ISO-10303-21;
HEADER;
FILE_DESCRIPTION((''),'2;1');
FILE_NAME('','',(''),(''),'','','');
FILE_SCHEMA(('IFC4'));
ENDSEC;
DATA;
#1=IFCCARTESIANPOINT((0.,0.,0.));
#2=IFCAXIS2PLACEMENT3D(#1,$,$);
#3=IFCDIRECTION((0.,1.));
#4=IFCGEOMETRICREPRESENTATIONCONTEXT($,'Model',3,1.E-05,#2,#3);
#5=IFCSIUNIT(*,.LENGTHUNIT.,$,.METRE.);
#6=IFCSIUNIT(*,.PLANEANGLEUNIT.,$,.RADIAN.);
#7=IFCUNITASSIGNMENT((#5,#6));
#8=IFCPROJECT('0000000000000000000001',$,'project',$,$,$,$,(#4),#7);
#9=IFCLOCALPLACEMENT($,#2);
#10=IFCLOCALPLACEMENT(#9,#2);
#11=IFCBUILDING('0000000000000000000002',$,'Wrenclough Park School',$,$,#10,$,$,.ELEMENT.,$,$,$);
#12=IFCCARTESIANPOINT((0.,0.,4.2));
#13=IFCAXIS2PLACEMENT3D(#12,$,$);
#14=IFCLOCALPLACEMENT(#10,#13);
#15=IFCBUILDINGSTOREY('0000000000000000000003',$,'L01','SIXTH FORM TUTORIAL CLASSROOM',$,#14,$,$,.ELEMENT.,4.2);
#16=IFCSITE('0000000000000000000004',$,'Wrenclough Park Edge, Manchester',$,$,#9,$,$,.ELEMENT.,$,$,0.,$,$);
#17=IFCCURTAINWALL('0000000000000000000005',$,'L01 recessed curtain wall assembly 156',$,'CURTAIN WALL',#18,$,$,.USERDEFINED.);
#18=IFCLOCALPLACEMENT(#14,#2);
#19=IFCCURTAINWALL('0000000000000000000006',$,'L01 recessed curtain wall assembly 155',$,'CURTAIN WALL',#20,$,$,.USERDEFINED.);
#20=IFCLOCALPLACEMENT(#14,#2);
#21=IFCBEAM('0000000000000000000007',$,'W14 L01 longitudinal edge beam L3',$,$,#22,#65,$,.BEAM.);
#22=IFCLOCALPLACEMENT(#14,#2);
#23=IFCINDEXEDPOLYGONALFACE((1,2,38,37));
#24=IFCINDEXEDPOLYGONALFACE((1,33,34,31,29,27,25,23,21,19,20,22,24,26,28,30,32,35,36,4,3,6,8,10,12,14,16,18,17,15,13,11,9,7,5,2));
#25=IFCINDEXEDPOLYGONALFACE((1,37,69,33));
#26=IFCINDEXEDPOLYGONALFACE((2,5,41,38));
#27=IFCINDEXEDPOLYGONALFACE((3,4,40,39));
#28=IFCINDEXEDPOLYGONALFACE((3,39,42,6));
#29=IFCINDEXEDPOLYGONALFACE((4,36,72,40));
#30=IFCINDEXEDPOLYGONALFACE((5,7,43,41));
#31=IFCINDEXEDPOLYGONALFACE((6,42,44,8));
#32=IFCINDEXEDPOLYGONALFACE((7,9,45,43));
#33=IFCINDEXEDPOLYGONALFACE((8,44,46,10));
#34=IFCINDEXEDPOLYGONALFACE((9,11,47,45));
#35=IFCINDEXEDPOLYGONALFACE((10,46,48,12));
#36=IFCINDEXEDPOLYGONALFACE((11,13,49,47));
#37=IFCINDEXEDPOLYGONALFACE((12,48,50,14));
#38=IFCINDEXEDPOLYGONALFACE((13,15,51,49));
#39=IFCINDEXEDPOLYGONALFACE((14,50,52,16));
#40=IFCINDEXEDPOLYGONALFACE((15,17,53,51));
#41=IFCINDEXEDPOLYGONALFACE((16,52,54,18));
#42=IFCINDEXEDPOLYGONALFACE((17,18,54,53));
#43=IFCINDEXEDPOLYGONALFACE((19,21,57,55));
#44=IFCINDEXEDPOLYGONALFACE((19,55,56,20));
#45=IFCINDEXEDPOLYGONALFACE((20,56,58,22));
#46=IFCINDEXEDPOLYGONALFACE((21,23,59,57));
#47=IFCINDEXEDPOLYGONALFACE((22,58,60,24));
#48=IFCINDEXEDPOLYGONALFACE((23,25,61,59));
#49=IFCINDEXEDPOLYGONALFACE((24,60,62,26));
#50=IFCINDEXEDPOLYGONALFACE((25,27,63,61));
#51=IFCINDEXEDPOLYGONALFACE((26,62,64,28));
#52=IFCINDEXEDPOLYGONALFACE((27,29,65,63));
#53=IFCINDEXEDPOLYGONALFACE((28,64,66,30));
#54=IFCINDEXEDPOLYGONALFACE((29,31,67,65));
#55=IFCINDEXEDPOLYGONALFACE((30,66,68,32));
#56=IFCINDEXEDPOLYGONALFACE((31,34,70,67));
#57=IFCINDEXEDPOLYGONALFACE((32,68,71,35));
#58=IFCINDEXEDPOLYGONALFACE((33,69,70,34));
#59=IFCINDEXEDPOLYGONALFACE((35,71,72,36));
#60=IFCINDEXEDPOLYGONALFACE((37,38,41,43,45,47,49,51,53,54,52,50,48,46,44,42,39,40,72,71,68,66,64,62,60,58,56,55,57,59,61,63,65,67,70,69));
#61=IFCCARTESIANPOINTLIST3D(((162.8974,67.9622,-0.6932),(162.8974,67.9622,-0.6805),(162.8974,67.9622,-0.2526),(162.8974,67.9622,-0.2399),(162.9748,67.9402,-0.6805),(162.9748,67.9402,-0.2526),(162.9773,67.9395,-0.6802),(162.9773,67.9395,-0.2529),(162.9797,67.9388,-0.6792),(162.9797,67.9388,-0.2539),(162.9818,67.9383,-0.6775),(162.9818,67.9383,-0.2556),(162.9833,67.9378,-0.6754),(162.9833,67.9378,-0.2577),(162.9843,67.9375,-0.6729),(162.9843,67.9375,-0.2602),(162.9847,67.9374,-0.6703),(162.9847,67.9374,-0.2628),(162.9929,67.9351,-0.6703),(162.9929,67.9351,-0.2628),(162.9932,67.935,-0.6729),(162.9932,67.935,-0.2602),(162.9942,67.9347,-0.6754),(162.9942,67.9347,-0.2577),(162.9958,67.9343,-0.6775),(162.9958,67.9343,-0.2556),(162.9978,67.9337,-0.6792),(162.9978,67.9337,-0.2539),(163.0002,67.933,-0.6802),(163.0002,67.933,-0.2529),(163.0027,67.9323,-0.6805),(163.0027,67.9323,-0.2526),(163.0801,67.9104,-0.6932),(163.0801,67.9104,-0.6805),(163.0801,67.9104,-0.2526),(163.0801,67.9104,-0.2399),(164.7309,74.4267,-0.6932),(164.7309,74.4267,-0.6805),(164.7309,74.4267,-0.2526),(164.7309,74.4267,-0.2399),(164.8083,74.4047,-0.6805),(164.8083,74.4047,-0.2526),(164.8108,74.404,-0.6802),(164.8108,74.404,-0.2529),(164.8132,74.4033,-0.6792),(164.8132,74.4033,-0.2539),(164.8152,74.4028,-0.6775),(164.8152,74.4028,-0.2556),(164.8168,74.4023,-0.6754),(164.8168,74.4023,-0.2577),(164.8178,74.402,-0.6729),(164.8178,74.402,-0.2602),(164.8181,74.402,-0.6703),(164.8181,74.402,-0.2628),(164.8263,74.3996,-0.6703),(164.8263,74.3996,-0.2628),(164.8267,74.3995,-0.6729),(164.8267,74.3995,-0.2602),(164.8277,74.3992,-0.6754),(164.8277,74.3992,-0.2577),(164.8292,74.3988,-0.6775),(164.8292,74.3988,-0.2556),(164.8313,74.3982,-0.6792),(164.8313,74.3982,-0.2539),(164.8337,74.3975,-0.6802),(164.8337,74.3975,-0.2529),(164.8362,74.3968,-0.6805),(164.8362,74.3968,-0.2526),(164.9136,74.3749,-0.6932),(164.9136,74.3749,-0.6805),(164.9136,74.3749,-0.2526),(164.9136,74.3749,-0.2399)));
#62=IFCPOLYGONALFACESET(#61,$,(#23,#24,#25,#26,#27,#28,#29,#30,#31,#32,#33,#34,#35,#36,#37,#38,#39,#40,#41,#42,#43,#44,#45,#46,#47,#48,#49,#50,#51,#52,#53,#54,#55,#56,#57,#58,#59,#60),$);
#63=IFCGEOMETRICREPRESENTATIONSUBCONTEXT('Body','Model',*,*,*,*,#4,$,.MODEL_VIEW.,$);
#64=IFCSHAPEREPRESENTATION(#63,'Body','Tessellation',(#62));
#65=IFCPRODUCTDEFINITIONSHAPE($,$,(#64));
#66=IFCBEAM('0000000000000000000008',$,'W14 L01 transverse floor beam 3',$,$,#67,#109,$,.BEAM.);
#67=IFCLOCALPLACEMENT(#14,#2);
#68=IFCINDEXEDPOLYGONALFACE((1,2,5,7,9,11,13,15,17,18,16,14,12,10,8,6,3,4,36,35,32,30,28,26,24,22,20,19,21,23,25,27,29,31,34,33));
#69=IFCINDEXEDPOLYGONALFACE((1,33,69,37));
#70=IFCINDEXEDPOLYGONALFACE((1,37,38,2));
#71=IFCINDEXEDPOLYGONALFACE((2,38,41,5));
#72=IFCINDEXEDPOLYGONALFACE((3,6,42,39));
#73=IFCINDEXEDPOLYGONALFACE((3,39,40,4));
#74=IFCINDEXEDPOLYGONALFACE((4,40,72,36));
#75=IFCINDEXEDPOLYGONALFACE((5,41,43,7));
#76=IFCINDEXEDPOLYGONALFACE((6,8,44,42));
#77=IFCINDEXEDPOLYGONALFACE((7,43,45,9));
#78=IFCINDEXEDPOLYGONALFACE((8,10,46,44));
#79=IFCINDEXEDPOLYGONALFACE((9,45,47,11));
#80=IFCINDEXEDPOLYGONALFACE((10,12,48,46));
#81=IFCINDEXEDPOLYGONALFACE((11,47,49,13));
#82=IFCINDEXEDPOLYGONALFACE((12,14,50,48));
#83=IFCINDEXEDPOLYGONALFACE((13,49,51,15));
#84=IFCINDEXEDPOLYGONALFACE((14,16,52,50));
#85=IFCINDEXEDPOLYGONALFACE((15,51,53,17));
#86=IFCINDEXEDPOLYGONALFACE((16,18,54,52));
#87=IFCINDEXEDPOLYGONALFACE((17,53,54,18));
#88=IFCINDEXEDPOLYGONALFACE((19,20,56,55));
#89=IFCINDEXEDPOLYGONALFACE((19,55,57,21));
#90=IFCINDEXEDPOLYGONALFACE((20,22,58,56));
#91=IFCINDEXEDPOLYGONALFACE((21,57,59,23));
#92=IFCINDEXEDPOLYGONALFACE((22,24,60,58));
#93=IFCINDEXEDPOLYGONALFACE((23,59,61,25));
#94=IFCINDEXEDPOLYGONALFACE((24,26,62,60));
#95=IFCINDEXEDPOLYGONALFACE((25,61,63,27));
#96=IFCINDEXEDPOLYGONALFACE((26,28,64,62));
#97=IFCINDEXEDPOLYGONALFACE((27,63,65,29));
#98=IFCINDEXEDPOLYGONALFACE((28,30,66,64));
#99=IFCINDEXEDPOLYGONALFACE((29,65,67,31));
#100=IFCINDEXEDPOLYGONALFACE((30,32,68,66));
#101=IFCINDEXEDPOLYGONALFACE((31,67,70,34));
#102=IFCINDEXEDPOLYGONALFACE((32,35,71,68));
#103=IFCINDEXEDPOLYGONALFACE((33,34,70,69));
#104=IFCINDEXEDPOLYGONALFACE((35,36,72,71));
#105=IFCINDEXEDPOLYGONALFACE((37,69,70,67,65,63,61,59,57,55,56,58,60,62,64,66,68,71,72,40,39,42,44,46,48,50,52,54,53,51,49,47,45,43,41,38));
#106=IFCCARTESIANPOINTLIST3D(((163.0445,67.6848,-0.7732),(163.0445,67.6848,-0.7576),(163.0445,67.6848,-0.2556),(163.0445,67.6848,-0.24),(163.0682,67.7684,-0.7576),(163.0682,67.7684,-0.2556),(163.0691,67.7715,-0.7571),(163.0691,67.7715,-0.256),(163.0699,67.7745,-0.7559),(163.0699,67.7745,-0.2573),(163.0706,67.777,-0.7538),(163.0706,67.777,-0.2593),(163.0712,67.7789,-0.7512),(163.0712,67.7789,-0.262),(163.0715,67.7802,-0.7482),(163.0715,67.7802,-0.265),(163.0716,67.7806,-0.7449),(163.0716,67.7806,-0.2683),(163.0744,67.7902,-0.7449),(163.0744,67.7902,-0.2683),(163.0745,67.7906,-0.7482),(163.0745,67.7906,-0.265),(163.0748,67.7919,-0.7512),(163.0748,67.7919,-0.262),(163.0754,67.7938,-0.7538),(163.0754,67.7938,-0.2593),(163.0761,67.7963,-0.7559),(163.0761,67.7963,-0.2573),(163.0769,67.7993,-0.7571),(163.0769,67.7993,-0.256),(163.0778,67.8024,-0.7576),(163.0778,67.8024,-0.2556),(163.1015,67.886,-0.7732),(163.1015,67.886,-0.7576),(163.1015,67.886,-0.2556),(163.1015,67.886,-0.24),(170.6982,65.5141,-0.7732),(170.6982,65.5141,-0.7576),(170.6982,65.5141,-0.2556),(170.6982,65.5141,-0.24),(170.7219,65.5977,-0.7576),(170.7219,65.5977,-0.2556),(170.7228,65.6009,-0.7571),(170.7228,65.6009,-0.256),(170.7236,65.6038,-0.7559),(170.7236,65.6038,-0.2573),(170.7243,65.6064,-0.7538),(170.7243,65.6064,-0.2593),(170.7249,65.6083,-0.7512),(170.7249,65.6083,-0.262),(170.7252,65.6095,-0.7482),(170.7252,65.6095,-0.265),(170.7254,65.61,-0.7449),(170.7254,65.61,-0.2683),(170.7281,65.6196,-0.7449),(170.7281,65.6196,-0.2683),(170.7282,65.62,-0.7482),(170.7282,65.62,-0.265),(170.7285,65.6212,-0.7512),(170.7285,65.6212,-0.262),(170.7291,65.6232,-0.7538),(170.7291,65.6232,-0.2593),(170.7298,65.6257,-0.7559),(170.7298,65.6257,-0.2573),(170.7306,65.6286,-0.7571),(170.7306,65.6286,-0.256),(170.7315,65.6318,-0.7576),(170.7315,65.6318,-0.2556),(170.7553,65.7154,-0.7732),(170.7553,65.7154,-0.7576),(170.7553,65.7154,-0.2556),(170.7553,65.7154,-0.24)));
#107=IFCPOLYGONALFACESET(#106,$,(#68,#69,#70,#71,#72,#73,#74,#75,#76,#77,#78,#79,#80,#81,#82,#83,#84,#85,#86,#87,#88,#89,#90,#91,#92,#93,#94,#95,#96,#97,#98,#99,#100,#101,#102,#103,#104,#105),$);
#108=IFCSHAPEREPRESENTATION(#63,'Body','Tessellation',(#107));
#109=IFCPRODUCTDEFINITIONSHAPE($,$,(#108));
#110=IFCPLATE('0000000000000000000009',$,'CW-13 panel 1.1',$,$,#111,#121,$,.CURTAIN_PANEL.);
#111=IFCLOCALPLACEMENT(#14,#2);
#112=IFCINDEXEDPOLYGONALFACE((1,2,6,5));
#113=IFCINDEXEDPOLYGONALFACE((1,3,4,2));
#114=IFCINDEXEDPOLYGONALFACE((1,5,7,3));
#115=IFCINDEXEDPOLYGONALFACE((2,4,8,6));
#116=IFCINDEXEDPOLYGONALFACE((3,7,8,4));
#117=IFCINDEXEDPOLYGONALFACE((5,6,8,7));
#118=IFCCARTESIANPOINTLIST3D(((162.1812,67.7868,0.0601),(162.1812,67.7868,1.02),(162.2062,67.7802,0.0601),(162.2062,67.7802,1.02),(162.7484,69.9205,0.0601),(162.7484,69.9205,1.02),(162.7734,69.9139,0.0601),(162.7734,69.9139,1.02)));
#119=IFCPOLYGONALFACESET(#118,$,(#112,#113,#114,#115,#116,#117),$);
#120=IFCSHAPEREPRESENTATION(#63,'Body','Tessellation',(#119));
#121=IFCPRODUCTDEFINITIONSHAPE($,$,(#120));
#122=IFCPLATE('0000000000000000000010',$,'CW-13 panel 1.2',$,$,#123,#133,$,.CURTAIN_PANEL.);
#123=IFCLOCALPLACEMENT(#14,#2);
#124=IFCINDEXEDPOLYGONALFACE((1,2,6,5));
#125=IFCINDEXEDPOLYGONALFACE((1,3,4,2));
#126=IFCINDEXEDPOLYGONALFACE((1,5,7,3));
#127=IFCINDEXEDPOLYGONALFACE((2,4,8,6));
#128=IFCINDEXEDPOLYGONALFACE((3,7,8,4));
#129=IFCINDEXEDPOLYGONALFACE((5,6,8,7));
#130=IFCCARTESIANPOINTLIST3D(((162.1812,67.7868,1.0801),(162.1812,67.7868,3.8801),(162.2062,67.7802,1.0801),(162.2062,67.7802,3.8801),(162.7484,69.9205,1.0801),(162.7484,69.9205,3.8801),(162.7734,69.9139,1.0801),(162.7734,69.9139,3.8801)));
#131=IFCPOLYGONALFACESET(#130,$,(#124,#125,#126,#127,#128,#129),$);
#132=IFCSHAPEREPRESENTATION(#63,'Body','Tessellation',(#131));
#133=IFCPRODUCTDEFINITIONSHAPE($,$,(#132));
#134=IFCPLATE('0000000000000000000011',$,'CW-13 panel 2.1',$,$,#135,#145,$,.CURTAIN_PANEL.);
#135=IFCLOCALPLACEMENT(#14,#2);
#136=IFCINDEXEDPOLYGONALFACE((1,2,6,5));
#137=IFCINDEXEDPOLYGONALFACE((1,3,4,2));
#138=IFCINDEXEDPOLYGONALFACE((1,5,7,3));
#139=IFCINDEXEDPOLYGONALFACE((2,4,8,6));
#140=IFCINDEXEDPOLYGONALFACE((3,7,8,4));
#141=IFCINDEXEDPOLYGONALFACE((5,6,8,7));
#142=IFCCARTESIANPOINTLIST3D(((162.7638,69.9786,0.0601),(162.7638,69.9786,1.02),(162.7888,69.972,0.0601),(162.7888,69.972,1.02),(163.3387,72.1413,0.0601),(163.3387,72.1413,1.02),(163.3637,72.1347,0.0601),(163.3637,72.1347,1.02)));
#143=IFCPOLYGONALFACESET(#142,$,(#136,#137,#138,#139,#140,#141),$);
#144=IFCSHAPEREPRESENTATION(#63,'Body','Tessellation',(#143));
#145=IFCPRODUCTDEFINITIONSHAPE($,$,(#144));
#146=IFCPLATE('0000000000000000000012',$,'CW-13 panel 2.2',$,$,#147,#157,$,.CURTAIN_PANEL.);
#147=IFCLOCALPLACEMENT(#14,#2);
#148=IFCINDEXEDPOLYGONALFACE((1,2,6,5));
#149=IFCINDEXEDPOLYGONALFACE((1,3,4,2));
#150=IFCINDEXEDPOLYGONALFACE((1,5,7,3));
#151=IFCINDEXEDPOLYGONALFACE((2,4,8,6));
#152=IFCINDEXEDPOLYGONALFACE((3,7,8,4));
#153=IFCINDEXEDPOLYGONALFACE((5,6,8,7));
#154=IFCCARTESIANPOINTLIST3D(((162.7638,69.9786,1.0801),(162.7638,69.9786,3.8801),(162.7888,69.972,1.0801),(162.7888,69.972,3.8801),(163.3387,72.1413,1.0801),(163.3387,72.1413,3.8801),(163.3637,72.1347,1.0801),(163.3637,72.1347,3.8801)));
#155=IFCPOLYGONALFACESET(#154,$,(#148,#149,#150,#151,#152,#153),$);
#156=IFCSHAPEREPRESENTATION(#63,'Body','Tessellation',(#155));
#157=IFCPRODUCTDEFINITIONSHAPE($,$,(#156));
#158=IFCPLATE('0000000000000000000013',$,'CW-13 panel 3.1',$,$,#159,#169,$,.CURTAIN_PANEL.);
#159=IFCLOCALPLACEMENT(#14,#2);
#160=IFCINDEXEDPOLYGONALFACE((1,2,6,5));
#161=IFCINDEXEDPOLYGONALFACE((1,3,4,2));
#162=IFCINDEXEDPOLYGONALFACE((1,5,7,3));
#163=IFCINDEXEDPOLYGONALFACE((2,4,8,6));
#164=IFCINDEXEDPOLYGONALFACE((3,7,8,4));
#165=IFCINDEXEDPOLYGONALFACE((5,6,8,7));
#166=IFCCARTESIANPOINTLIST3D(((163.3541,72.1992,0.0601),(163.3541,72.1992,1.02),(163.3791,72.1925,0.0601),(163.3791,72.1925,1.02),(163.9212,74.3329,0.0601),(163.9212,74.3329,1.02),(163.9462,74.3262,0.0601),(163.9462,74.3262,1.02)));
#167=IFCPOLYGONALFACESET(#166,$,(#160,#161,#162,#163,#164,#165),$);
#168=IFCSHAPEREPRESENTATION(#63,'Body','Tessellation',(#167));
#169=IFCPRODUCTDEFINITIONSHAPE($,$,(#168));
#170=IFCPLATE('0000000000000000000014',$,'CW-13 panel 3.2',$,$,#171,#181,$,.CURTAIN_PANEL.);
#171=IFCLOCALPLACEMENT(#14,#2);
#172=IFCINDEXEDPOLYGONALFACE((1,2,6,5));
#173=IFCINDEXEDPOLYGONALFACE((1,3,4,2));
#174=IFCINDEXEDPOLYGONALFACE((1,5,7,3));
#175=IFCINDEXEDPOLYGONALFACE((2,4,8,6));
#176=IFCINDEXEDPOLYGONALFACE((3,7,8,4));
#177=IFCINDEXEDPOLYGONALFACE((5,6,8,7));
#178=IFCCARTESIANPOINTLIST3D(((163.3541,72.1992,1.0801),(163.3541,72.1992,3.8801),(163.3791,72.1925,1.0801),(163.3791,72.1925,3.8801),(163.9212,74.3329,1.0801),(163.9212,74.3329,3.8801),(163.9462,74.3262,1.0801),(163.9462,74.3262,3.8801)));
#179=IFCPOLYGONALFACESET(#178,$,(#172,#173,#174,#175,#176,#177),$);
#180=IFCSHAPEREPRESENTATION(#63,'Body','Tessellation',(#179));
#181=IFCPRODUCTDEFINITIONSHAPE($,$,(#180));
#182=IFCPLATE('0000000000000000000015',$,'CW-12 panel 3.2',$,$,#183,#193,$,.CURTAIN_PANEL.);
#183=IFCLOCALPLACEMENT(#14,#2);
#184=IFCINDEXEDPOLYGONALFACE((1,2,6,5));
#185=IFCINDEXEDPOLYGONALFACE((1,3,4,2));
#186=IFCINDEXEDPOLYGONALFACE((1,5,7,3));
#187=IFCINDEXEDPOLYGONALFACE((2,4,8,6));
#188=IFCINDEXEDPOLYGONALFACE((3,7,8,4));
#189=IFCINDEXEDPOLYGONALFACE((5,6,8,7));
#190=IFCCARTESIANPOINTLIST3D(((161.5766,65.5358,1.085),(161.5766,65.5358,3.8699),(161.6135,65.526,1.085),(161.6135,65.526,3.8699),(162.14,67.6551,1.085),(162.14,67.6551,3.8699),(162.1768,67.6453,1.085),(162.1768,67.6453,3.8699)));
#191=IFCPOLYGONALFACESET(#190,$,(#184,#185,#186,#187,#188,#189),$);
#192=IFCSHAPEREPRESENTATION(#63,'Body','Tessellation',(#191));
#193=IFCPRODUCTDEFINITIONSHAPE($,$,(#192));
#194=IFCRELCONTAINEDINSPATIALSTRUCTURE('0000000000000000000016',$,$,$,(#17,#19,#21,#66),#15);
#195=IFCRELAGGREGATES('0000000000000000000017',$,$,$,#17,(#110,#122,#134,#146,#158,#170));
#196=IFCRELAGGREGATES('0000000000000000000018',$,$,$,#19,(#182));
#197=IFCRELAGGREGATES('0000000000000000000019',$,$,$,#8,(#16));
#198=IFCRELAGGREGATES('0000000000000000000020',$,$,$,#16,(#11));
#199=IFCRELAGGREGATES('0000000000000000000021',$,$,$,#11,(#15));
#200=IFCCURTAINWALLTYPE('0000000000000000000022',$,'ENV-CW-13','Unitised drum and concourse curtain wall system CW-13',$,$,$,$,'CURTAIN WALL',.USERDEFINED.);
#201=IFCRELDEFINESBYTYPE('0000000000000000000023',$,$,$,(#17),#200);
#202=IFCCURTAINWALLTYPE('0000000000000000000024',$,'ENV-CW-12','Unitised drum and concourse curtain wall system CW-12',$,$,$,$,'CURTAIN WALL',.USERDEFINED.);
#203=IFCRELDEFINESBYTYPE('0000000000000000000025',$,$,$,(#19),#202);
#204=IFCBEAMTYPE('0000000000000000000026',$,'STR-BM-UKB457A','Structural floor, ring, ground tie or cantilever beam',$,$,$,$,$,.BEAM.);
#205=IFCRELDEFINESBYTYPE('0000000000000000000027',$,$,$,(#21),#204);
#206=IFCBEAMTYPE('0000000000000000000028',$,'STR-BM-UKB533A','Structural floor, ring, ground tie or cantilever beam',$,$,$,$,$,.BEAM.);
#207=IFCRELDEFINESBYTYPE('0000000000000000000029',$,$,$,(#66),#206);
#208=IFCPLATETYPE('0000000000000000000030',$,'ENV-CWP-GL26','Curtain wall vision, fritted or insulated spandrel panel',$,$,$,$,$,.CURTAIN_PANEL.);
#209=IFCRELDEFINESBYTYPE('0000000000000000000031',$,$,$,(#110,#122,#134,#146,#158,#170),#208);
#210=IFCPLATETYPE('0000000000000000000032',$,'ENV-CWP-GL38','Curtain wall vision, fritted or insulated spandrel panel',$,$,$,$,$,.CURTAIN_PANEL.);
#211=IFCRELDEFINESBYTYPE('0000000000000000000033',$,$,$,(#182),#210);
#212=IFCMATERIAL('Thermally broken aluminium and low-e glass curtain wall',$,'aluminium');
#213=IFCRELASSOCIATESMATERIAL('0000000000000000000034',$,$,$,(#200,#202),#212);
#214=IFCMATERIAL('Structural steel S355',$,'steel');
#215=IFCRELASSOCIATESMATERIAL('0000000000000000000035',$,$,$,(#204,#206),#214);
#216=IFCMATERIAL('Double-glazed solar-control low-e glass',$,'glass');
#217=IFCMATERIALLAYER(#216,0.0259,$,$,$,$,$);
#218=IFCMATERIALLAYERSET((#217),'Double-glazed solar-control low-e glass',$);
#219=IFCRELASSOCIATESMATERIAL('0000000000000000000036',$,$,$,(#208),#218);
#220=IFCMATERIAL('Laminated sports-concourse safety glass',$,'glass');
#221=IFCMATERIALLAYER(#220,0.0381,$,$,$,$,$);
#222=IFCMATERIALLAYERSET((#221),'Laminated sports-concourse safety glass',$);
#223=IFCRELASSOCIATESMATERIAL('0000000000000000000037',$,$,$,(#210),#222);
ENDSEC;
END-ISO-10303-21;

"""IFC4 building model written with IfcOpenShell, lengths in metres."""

from ifc_helpers import new_model, si_unit, direction, frame, origin, origin_2d, place, context, subcontext, project, spatial, rectangle, i_section, extrude, material, layer, layer_set, material_profile, profile_set, type_object, element, aggregate, save


model = new_model("IFC4")

# Units and contexts
model_context = context("Model", 3, precision=1e-05, world=origin(), true_north=direction((0.0, 1.0)))
body_context = subcontext(model_context, "Body", "Model", "MODEL_VIEW")
ifc_project = project(units=[si_unit("LENGTHUNIT", "METRE"), si_unit("PLANEANGLEUNIT", "RADIAN")], contexts=[model_context])

# Site, building, storey
site_placement = place(None, origin())
site = spatial("IfcSite", under=ifc_project, at=site_placement, Name="Wrenclough Park Edge, Manchester", CompositionType="ELEMENT", RefElevation=0.0)
building_placement = place(site_placement, origin())
building = spatial("IfcBuilding", under=site, at=building_placement, Name="Wrenclough Park School", CompositionType="ELEMENT")
storey_placement = place(building_placement, frame((0.0, 0.0, 4.2)))
storey = spatial("IfcBuildingStorey", under=building, at=storey_placement, Name="L01", Description="SIXTH FORM TUTORIAL CLASSROOM", CompositionType="ELEMENT", Elevation=4.2)

# Shared definitions
ifc_material_1 = material(Name="Structural steel S355", Category="steel")

# Curtain wall
ifc_material_2 = material(Name="Thermally broken aluminium and low-e glass curtain wall", Category="aluminium")
curtain_wall_type_1 = type_object("IfcCurtainWallType", Name="ENV-CW-13", Description="Unitised drum and concourse curtain wall system CW-13", ElementType="CURTAIN WALL", PredefinedType="USERDEFINED", material=ifc_material_2)
curtain_wall_1_placement = place(storey_placement, origin())
curtain_wall_1 = element("IfcCurtainWall", 1, at=curtain_wall_1_placement, inside=storey, type_object=curtain_wall_type_1, Name="L01 recessed curtain wall assembly 156", ObjectType="CURTAIN WALL", PredefinedType="USERDEFINED")

# Curtain wall
curtain_wall_type_2 = type_object("IfcCurtainWallType", Name="ENV-CW-12", Description="Unitised drum and concourse curtain wall system CW-12", ElementType="CURTAIN WALL", PredefinedType="USERDEFINED", material=ifc_material_2)
curtain_wall_2_placement = place(storey_placement, origin())
curtain_wall_2 = element("IfcCurtainWall", 2, at=curtain_wall_2_placement, inside=storey, type_object=curtain_wall_type_2, Name="L01 recessed curtain wall assembly 155", ObjectType="CURTAIN WALL", PredefinedType="USERDEFINED")

# Beams
ifc_material_profile_1 = material_profile(ifc_material_1, i_section(OverallWidth=0.1899, OverallDepth=0.4534, WebThickness=0.0085, FlangeThickness=0.0127, FilletRadius=0.0103, at=origin_2d()), Name="UKB 457x191x67")
ifc_profile_set_1 = profile_set([ifc_material_profile_1], Name="Structural steel S355")
beam_type_1 = type_object("IfcBeamType", Name="STR-BM-UKB457A", Description="Structural floor, ring, ground tie or cantilever beam", PredefinedType="BEAM", material=ifc_profile_set_1)
beam_1_placement = place(storey_placement, frame((162.9888, 67.9363, -0.4666), z_axis=(0.272859, 0.962054, 0.0), x_axis=(-0.962054, 0.272859, 0.0)))
element("IfcBeam", 3, at=beam_1_placement, inside=storey, type_object=beam_type_1, Name="W14 L01 longitudinal edge beam L3", PredefinedType="BEAM", context=body_context, shape_type="SweptSolid", body=[
    extrude(i_section(OverallWidth=0.1899, OverallDepth=0.4534, WebThickness=0.0085, FlangeThickness=0.0127, FilletRadius=0.0103, at=origin_2d()), origin(), (0.0, 0.0, 1.0), 6.7195),
])
ifc_material_profile_2 = material_profile(ifc_material_1, i_section(OverallWidth=0.2092, OverallDepth=0.5332, WebThickness=0.01, FlangeThickness=0.0156, FilletRadius=0.0127, at=origin_2d()), Name="UKB 533x210x92")
ifc_profile_set_2 = profile_set([ifc_material_profile_2], Name="Structural steel S355")
beam_type_2 = type_object("IfcBeamType", Name="STR-BM-UKB533A", Description="Structural floor, ring, ground tie or cantilever beam", PredefinedType="BEAM", material=ifc_profile_set_2)
beam_2_placement = place(storey_placement, frame((163.073, 67.7854, -0.5066), z_axis=(0.962058, -0.272844, 0.0), x_axis=(0.272844, 0.962058, 0.0)))
element("IfcBeam", 4, at=beam_2_placement, inside=storey, type_object=beam_type_2, Name="W14 L01 transverse floor beam 3", PredefinedType="BEAM", context=body_context, shape_type="SweptSolid", body=[
    extrude(i_section(OverallWidth=0.2092, OverallDepth=0.5332, WebThickness=0.01, FlangeThickness=0.0156, FilletRadius=0.0127, at=origin_2d()), origin(), (0.0, 0.0, 1.0), 7.9556),
])

# Plates
ifc_material_3 = material(Name="Double-glazed solar-control low-e glass", Category="glass")
ifc_layer_1 = layer(ifc_material_3, 0.0259)
ifc_layer_set_1 = layer_set([ifc_layer_1], Name="Double-glazed solar-control low-e glass")
plate_type_1 = type_object("IfcPlateType", Name="ENV-CWP-GL26", Description="Curtain wall vision, fritted or insulated spandrel panel", PredefinedType="CURTAIN_PANEL", material=ifc_layer_set_1)
plate_1_placement = place(storey_placement, frame((162.4773, 68.8503, 0.0601), z_axis=(0.0, 0.0, 1.0), x_axis=(0.2569, 0.966438, 0.0)))
plate_1 = element("IfcPlate", 5, at=plate_1_placement, type_object=plate_type_1, Name="CW-13 panel 1.1", PredefinedType="CURTAIN_PANEL", context=body_context, shape_type="SweptSolid", body=[
    extrude(rectangle(XDim=2.2078, YDim=0.0259, at=origin_2d()), origin(), (0.0, 0.0, 1.0), 0.96),
])
plate_2_placement = place(storey_placement, frame((162.4773, 68.8503, 1.0801), z_axis=(0.0, 0.0, 1.0), x_axis=(0.2569, 0.966438, 0.0)))
plate_2 = element("IfcPlate", 6, at=plate_2_placement, type_object=plate_type_1, Name="CW-13 panel 1.2", PredefinedType="CURTAIN_PANEL", context=body_context, shape_type="SweptSolid", body=[
    extrude(rectangle(XDim=2.2078, YDim=0.0259, at=origin_2d()), origin(), (0.0, 0.0, 1.0), 2.8),
])
plate_3_placement = place(storey_placement, frame((163.0637, 71.0566, 0.0601), z_axis=(0.0, 0.0, 1.0), x_axis=(0.2569, 0.966438, 0.0)))
plate_3 = element("IfcPlate", 7, at=plate_3_placement, type_object=plate_type_1, Name="CW-13 panel 2.1", PredefinedType="CURTAIN_PANEL", context=body_context, shape_type="SweptSolid", body=[
    extrude(rectangle(XDim=2.2378, YDim=0.0259, at=origin_2d()), origin(), (0.0, 0.0, 1.0), 0.96),
])
plate_4_placement = place(storey_placement, frame((163.0637, 71.0566, 1.0801), z_axis=(0.0, 0.0, 1.0), x_axis=(0.2569, 0.966438, 0.0)))
plate_4 = element("IfcPlate", 8, at=plate_4_placement, type_object=plate_type_1, Name="CW-13 panel 2.2", PredefinedType="CURTAIN_PANEL", context=body_context, shape_type="SweptSolid", body=[
    extrude(rectangle(XDim=2.2378, YDim=0.0259, at=origin_2d()), origin(), (0.0, 0.0, 1.0), 2.8),
])
plate_5_placement = place(storey_placement, frame((163.6501, 73.2627, 0.0601), z_axis=(0.0, 0.0, 1.0), x_axis=(0.2569, 0.966438, 0.0)))
plate_5 = element("IfcPlate", 9, at=plate_5_placement, type_object=plate_type_1, Name="CW-13 panel 3.1", PredefinedType="CURTAIN_PANEL", context=body_context, shape_type="SweptSolid", body=[
    extrude(rectangle(XDim=2.2078, YDim=0.0259, at=origin_2d()), origin(), (0.0, 0.0, 1.0), 0.96),
])
plate_6_placement = place(storey_placement, frame((163.6501, 73.2627, 1.0801), z_axis=(0.0, 0.0, 1.0), x_axis=(0.2569, 0.966438, 0.0)))
plate_6 = element("IfcPlate", 10, at=plate_6_placement, type_object=plate_type_1, Name="CW-13 panel 3.2", PredefinedType="CURTAIN_PANEL", context=body_context, shape_type="SweptSolid", body=[
    extrude(rectangle(XDim=2.2078, YDim=0.0259, at=origin_2d()), origin(), (0.0, 0.0, 1.0), 2.8),
])
aggregate(curtain_wall_1, [plate_1, plate_2, plate_3, plate_4, plate_5, plate_6])
ifc_material_4 = material(Name="Laminated sports-concourse safety glass", Category="glass")
ifc_layer_2 = layer(ifc_material_4, 0.0381)
ifc_layer_set_2 = layer_set([ifc_layer_2], Name="Laminated sports-concourse safety glass")
plate_type_2 = type_object("IfcPlateType", Name="ENV-CWP-GL38", Description="Curtain wall vision, fritted or insulated spandrel panel", PredefinedType="CURTAIN_PANEL", material=ifc_layer_set_2)
plate_7_placement = place(storey_placement, frame((161.8767, 66.5906, 1.085), z_axis=(0.0, 0.0, 1.0), x_axis=(0.256882, 0.966443, 0.0)))
plate_7 = element("IfcPlate", 11, at=plate_7_placement, type_object=plate_type_2, Name="CW-12 panel 3.2", PredefinedType="CURTAIN_PANEL", context=body_context, shape_type="SweptSolid", body=[
    extrude(rectangle(XDim=2.1929, YDim=0.0381, at=origin_2d()), origin(), (0.0, 0.0, 1.0), 2.7849),
])
aggregate(curtain_wall_2, [plate_7])

save(model, "model.ifc")
